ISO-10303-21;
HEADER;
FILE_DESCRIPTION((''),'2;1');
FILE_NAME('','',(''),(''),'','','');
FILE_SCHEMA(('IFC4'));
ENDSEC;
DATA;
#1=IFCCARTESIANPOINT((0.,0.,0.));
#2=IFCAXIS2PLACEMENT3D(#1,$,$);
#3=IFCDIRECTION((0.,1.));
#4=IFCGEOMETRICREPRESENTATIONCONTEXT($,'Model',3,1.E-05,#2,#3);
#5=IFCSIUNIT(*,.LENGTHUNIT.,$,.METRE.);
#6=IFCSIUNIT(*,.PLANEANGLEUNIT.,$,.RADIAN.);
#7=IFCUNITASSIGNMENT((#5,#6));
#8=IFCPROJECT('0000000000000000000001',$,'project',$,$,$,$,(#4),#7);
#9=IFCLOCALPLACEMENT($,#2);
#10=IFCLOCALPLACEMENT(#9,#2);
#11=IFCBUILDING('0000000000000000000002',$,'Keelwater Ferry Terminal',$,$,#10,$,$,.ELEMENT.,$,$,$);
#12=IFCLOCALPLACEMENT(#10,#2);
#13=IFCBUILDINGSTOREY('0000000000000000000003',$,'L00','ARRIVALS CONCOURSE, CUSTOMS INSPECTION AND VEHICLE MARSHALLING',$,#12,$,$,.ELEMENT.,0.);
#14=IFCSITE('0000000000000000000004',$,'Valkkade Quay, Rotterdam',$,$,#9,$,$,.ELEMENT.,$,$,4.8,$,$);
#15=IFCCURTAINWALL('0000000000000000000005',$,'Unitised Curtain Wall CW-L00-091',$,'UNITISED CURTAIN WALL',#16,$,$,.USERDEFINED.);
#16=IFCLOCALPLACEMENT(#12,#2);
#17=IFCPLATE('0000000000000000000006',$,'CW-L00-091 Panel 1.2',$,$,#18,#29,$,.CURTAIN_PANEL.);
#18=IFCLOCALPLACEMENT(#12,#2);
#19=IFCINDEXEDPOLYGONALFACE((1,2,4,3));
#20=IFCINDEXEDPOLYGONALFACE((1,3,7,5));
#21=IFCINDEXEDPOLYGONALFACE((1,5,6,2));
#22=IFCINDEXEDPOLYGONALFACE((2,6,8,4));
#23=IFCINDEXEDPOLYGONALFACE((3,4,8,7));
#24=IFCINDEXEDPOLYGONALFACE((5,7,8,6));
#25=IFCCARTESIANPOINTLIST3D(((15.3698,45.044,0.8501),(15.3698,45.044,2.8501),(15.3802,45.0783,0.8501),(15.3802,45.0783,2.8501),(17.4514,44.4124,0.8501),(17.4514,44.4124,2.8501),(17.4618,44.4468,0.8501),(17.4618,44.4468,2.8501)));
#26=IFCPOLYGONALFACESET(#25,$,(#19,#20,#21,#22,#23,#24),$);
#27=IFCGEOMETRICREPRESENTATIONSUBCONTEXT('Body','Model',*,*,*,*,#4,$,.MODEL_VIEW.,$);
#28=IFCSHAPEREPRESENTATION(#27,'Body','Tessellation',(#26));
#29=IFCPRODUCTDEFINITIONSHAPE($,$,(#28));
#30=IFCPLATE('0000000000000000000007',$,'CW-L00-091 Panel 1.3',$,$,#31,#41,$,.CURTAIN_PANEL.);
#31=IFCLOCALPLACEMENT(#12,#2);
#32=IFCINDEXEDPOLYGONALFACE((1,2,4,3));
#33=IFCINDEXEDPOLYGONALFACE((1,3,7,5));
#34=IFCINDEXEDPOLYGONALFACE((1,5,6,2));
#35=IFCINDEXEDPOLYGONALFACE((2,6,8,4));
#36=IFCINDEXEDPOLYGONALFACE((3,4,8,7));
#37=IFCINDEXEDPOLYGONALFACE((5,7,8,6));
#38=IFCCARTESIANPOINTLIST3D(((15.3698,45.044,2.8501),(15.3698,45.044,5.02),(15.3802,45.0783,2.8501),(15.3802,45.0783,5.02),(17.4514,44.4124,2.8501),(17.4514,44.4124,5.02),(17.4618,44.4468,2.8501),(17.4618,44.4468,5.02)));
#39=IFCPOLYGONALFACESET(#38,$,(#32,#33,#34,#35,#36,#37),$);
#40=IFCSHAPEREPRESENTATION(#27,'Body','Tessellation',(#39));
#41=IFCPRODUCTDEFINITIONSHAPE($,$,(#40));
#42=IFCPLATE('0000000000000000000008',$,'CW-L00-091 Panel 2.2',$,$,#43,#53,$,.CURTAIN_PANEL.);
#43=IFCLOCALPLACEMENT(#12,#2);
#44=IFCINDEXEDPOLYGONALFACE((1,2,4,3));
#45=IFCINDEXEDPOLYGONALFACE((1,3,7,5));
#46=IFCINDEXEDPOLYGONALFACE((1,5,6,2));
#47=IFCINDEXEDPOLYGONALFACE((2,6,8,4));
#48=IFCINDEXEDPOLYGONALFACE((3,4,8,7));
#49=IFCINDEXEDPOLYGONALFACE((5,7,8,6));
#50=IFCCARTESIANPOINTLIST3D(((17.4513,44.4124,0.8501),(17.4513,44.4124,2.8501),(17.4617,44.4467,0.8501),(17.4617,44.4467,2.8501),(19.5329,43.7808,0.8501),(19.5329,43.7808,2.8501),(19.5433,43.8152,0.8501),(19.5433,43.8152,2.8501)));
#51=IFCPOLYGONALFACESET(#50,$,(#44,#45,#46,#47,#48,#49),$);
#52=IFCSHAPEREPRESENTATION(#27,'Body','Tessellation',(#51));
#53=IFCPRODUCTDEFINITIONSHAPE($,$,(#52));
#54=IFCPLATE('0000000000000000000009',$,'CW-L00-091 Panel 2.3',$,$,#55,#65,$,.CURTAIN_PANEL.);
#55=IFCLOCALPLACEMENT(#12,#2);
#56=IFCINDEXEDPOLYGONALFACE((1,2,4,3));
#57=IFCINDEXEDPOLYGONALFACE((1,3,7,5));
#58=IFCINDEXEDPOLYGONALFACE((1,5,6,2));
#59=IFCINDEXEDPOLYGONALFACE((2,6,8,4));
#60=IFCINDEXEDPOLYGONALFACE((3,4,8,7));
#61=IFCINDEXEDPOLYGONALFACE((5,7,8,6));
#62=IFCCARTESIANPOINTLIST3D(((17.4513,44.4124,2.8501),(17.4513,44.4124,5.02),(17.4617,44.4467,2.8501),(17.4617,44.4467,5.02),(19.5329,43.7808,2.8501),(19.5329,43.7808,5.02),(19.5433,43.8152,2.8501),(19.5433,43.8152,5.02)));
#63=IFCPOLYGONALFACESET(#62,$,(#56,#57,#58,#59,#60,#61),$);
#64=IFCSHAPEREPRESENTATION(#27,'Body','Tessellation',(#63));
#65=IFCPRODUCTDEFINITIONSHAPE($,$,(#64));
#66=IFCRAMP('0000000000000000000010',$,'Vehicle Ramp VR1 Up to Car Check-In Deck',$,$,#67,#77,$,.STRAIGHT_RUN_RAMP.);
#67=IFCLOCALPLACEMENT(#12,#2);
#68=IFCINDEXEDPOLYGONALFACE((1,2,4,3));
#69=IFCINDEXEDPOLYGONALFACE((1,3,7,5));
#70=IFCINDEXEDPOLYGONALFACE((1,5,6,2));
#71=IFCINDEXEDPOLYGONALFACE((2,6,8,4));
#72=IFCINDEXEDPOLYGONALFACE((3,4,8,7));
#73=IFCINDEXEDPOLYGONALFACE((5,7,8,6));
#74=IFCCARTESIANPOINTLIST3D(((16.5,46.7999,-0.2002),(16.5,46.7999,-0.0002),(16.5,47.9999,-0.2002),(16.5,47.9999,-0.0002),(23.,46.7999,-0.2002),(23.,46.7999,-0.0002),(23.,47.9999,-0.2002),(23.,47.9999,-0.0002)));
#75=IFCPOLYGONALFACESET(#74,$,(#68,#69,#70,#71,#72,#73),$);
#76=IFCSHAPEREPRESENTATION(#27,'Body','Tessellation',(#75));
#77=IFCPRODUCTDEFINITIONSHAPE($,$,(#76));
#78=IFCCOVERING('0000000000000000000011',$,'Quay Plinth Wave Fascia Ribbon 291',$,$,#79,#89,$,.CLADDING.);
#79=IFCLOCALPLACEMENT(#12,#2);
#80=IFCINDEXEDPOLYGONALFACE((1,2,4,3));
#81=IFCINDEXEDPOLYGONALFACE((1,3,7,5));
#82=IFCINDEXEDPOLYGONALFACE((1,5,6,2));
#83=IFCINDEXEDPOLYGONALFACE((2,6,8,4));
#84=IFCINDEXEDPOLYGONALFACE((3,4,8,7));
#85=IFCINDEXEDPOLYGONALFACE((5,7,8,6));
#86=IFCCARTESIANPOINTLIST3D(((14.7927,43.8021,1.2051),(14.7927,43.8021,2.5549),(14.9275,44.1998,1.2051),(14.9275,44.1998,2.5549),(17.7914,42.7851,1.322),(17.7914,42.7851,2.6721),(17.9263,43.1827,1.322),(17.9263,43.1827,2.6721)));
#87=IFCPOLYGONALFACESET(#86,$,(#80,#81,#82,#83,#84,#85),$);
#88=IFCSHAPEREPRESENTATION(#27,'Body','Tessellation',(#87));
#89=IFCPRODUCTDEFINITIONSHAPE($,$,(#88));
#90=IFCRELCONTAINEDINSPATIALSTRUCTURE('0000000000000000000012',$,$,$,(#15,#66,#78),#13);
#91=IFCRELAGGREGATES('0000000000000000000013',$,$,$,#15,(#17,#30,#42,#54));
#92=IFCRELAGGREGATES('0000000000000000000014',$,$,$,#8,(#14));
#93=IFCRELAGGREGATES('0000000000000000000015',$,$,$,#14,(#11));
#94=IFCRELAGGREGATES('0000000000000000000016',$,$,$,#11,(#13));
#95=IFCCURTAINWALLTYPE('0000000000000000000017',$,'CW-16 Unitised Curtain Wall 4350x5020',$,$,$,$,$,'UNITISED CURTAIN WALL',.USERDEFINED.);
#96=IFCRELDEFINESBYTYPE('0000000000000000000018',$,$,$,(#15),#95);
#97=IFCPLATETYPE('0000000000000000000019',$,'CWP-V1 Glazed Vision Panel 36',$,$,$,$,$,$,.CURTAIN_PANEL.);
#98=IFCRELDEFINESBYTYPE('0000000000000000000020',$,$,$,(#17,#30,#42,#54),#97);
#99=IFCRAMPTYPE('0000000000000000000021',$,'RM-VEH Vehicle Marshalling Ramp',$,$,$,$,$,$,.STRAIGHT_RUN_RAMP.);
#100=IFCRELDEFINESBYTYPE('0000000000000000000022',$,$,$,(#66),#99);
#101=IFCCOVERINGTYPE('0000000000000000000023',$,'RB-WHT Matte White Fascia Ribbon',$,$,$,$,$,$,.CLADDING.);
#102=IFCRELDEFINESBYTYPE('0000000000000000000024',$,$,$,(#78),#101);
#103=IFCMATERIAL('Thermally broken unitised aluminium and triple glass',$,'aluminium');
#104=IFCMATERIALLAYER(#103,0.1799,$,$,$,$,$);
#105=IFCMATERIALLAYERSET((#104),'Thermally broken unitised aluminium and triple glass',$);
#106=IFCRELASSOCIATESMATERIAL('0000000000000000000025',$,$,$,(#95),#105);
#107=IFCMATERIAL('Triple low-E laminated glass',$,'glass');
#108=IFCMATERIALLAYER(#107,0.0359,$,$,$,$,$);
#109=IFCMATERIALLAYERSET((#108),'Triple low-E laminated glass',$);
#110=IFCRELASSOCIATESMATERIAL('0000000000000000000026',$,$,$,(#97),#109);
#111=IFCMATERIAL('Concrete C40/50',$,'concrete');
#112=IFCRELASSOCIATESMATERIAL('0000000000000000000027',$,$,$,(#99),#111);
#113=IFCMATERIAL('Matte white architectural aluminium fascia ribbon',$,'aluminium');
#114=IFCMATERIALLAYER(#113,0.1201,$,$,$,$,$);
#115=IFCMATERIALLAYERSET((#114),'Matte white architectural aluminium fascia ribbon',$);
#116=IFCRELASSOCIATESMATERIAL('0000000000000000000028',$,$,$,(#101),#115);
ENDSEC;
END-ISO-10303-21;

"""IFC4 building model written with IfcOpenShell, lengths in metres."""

from ifc_helpers import new_model, si_unit, direction, frame, origin, origin_2d, place, context, subcontext, project, spatial, polyline, rectangle, outline, extrude, material, layer, layer_set, type_object, element, aggregate, save


model = new_model("IFC4")

# Units and contexts
model_context = context("Model", 3, precision=1e-05, world=origin(), true_north=direction((0.0, 1.0)))
body_context = subcontext(model_context, "Body", "Model", "MODEL_VIEW")
ifc_project = project(units=[si_unit("LENGTHUNIT", "METRE"), si_unit("PLANEANGLEUNIT", "RADIAN")], contexts=[model_context])

# Site, building, storey
site_placement = place(None, origin())
site = spatial("IfcSite", under=ifc_project, at=site_placement, Name="Valkkade Quay, Rotterdam", CompositionType="ELEMENT", RefElevation=4.8)
building_placement = place(site_placement, origin())
building = spatial("IfcBuilding", under=site, at=building_placement, Name="Keelwater Ferry Terminal", CompositionType="ELEMENT")
storey_placement = place(building_placement, origin())
storey = spatial("IfcBuildingStorey", under=building, at=storey_placement, Name="L00", Description="ARRIVALS CONCOURSE, CUSTOMS INSPECTION AND VEHICLE MARSHALLING", CompositionType="ELEMENT", Elevation=0.0)

# Shared definitions
ifc_material_1 = material(Name="Thermally broken unitised aluminium and triple glass", Category="aluminium")
ifc_layer_1 = layer(ifc_material_1, 0.1799)
ifc_layer_set_1 = layer_set([ifc_layer_1], Name="Thermally broken unitised aluminium and triple glass")
curtain_wall_type = type_object("IfcCurtainWallType", Name="CW-16 Unitised Curtain Wall 4350x5020", ElementType="UNITISED CURTAIN WALL", PredefinedType="USERDEFINED", material=ifc_layer_set_1)

# Curtain wall
curtain_wall_1_placement = place(storey_placement, origin())
curtain_wall_1 = element("IfcCurtainWall", 1, at=curtain_wall_1_placement, inside=storey, type_object=curtain_wall_type, Name="Unitised Curtain Wall CW-L00-091", ObjectType="UNITISED CURTAIN WALL", PredefinedType="USERDEFINED")

# Plates
ifc_material_2 = material(Name="Triple low-E laminated glass", Category="glass")
ifc_layer_2 = layer(ifc_material_2, 0.0359)
ifc_layer_set_2 = layer_set([ifc_layer_2], Name="Triple low-E laminated glass")
plate_type_1 = type_object("IfcPlateType", Name="CWP-V1 Glazed Vision Panel 36", PredefinedType="CURTAIN_PANEL", material=ifc_layer_set_2)
plate_1_placement = place(storey_placement, frame((16.4158, 44.7454, 0.8501), z_axis=(0.0, 0.0, 1.0), x_axis=(0.95693, -0.29032, 0.0)))
plate_1 = element("IfcPlate", 2, at=plate_1_placement, type_object=plate_type_1, Name="CW-L00-091 Panel 1.2", PredefinedType="CURTAIN_PANEL", context=body_context, shape_type="SweptSolid", body=[
    extrude(rectangle(XDim=2.1753, YDim=0.0359, at=origin_2d()), origin(), (0.0, 0.0, 1.0), 2.0),
])
plate_2_placement = place(storey_placement, frame((16.4158, 44.7454, 2.8501), z_axis=(0.0, 0.0, 1.0), x_axis=(0.95693, -0.29032, 0.0)))
plate_2 = element("IfcPlate", 3, at=plate_2_placement, type_object=plate_type_1, Name="CW-L00-091 Panel 1.3", PredefinedType="CURTAIN_PANEL", context=body_context, shape_type="SweptSolid", body=[
    extrude(rectangle(XDim=2.1753, YDim=0.0359, at=origin_2d()), origin(), (0.0, 0.0, 1.0), 2.1699),
])
plate_3_placement = place(storey_placement, frame((18.4973, 44.1138, 0.8501), z_axis=(0.0, 0.0, 1.0), x_axis=(0.95693, -0.29032, 0.0)))
plate_3 = element("IfcPlate", 4, at=plate_3_placement, type_object=plate_type_1, Name="CW-L00-091 Panel 2.2", PredefinedType="CURTAIN_PANEL", context=body_context, shape_type="SweptSolid", body=[
    extrude(rectangle(XDim=2.1753, YDim=0.0359, at=origin_2d()), origin(), (0.0, 0.0, 1.0), 2.0),
])
plate_4_placement = place(storey_placement, frame((18.4973, 44.1138, 2.8501), z_axis=(0.0, 0.0, 1.0), x_axis=(0.95693, -0.29032, 0.0)))
plate_4 = element("IfcPlate", 5, at=plate_4_placement, type_object=plate_type_1, Name="CW-L00-091 Panel 2.3", PredefinedType="CURTAIN_PANEL", context=body_context, shape_type="SweptSolid", body=[
    extrude(rectangle(XDim=2.1753, YDim=0.0359, at=origin_2d()), origin(), (0.0, 0.0, 1.0), 2.1699),
])
aggregate(curtain_wall_1, [plate_1, plate_2, plate_3, plate_4])

# Ramp
ifc_material_3 = material(Name="Concrete C40/50", Category="concrete")
ramp_type = type_object("IfcRampType", Name="RM-VEH Vehicle Marshalling Ramp", PredefinedType="STRAIGHT_RUN_RAMP", material=ifc_material_3)
ramp_placement = place(storey_placement, frame((19.75, 47.3999, -0.2002), z_axis=(0.0, 0.0, 1.0), x_axis=(1.0, 0.0, 0.0)))
element("IfcRamp", 6, at=ramp_placement, inside=storey, type_object=ramp_type, Name="Vehicle Ramp VR1 Up to Car Check-In Deck", PredefinedType="STRAIGHT_RUN_RAMP", context=body_context, shape_type="SweptSolid", body=[
    extrude(rectangle(XDim=6.5, YDim=1.2, at=origin_2d()), origin(), (0.0, 0.0, 1.0), 0.2),
])

# Covering
ifc_material_4 = material(Name="Matte white architectural aluminium fascia ribbon", Category="aluminium")
ifc_layer_3 = layer(ifc_material_4, 0.1201)
ifc_layer_set_3 = layer_set([ifc_layer_3], Name="Matte white architectural aluminium fascia ribbon")
covering_type = type_object("IfcCoveringType", Name="RB-WHT Matte White Fascia Ribbon", PredefinedType="CLADDING", material=ifc_layer_set_3)
covering_placement = place(storey_placement, frame((14.8601, 44.001, 1.2051), z_axis=(0.0, 0.0, 1.0), x_axis=(0.947013, -0.321196, 0.0)))
element("IfcCovering", 7, at=covering_placement, inside=storey, type_object=covering_type, Name="Quay Plinth Wave Fascia Ribbon 291", PredefinedType="CLADDING", context=body_context, shape_type="SweptSolid", body=[
    extrude(outline(polyline([(0.0, 0.0), (3.1665, 0.1169), (3.1665, 1.467), (0.0, 1.3499), (0.0, 0.0)])), frame((0.0, 0.21, 0.0), z_axis=(0.0, -1.0, 0.0), x_axis=(1.0, 0.0, 0.0)), (0.0, 0.0, 1.0), 0.4199),
])

save(model, "model.ifc")
